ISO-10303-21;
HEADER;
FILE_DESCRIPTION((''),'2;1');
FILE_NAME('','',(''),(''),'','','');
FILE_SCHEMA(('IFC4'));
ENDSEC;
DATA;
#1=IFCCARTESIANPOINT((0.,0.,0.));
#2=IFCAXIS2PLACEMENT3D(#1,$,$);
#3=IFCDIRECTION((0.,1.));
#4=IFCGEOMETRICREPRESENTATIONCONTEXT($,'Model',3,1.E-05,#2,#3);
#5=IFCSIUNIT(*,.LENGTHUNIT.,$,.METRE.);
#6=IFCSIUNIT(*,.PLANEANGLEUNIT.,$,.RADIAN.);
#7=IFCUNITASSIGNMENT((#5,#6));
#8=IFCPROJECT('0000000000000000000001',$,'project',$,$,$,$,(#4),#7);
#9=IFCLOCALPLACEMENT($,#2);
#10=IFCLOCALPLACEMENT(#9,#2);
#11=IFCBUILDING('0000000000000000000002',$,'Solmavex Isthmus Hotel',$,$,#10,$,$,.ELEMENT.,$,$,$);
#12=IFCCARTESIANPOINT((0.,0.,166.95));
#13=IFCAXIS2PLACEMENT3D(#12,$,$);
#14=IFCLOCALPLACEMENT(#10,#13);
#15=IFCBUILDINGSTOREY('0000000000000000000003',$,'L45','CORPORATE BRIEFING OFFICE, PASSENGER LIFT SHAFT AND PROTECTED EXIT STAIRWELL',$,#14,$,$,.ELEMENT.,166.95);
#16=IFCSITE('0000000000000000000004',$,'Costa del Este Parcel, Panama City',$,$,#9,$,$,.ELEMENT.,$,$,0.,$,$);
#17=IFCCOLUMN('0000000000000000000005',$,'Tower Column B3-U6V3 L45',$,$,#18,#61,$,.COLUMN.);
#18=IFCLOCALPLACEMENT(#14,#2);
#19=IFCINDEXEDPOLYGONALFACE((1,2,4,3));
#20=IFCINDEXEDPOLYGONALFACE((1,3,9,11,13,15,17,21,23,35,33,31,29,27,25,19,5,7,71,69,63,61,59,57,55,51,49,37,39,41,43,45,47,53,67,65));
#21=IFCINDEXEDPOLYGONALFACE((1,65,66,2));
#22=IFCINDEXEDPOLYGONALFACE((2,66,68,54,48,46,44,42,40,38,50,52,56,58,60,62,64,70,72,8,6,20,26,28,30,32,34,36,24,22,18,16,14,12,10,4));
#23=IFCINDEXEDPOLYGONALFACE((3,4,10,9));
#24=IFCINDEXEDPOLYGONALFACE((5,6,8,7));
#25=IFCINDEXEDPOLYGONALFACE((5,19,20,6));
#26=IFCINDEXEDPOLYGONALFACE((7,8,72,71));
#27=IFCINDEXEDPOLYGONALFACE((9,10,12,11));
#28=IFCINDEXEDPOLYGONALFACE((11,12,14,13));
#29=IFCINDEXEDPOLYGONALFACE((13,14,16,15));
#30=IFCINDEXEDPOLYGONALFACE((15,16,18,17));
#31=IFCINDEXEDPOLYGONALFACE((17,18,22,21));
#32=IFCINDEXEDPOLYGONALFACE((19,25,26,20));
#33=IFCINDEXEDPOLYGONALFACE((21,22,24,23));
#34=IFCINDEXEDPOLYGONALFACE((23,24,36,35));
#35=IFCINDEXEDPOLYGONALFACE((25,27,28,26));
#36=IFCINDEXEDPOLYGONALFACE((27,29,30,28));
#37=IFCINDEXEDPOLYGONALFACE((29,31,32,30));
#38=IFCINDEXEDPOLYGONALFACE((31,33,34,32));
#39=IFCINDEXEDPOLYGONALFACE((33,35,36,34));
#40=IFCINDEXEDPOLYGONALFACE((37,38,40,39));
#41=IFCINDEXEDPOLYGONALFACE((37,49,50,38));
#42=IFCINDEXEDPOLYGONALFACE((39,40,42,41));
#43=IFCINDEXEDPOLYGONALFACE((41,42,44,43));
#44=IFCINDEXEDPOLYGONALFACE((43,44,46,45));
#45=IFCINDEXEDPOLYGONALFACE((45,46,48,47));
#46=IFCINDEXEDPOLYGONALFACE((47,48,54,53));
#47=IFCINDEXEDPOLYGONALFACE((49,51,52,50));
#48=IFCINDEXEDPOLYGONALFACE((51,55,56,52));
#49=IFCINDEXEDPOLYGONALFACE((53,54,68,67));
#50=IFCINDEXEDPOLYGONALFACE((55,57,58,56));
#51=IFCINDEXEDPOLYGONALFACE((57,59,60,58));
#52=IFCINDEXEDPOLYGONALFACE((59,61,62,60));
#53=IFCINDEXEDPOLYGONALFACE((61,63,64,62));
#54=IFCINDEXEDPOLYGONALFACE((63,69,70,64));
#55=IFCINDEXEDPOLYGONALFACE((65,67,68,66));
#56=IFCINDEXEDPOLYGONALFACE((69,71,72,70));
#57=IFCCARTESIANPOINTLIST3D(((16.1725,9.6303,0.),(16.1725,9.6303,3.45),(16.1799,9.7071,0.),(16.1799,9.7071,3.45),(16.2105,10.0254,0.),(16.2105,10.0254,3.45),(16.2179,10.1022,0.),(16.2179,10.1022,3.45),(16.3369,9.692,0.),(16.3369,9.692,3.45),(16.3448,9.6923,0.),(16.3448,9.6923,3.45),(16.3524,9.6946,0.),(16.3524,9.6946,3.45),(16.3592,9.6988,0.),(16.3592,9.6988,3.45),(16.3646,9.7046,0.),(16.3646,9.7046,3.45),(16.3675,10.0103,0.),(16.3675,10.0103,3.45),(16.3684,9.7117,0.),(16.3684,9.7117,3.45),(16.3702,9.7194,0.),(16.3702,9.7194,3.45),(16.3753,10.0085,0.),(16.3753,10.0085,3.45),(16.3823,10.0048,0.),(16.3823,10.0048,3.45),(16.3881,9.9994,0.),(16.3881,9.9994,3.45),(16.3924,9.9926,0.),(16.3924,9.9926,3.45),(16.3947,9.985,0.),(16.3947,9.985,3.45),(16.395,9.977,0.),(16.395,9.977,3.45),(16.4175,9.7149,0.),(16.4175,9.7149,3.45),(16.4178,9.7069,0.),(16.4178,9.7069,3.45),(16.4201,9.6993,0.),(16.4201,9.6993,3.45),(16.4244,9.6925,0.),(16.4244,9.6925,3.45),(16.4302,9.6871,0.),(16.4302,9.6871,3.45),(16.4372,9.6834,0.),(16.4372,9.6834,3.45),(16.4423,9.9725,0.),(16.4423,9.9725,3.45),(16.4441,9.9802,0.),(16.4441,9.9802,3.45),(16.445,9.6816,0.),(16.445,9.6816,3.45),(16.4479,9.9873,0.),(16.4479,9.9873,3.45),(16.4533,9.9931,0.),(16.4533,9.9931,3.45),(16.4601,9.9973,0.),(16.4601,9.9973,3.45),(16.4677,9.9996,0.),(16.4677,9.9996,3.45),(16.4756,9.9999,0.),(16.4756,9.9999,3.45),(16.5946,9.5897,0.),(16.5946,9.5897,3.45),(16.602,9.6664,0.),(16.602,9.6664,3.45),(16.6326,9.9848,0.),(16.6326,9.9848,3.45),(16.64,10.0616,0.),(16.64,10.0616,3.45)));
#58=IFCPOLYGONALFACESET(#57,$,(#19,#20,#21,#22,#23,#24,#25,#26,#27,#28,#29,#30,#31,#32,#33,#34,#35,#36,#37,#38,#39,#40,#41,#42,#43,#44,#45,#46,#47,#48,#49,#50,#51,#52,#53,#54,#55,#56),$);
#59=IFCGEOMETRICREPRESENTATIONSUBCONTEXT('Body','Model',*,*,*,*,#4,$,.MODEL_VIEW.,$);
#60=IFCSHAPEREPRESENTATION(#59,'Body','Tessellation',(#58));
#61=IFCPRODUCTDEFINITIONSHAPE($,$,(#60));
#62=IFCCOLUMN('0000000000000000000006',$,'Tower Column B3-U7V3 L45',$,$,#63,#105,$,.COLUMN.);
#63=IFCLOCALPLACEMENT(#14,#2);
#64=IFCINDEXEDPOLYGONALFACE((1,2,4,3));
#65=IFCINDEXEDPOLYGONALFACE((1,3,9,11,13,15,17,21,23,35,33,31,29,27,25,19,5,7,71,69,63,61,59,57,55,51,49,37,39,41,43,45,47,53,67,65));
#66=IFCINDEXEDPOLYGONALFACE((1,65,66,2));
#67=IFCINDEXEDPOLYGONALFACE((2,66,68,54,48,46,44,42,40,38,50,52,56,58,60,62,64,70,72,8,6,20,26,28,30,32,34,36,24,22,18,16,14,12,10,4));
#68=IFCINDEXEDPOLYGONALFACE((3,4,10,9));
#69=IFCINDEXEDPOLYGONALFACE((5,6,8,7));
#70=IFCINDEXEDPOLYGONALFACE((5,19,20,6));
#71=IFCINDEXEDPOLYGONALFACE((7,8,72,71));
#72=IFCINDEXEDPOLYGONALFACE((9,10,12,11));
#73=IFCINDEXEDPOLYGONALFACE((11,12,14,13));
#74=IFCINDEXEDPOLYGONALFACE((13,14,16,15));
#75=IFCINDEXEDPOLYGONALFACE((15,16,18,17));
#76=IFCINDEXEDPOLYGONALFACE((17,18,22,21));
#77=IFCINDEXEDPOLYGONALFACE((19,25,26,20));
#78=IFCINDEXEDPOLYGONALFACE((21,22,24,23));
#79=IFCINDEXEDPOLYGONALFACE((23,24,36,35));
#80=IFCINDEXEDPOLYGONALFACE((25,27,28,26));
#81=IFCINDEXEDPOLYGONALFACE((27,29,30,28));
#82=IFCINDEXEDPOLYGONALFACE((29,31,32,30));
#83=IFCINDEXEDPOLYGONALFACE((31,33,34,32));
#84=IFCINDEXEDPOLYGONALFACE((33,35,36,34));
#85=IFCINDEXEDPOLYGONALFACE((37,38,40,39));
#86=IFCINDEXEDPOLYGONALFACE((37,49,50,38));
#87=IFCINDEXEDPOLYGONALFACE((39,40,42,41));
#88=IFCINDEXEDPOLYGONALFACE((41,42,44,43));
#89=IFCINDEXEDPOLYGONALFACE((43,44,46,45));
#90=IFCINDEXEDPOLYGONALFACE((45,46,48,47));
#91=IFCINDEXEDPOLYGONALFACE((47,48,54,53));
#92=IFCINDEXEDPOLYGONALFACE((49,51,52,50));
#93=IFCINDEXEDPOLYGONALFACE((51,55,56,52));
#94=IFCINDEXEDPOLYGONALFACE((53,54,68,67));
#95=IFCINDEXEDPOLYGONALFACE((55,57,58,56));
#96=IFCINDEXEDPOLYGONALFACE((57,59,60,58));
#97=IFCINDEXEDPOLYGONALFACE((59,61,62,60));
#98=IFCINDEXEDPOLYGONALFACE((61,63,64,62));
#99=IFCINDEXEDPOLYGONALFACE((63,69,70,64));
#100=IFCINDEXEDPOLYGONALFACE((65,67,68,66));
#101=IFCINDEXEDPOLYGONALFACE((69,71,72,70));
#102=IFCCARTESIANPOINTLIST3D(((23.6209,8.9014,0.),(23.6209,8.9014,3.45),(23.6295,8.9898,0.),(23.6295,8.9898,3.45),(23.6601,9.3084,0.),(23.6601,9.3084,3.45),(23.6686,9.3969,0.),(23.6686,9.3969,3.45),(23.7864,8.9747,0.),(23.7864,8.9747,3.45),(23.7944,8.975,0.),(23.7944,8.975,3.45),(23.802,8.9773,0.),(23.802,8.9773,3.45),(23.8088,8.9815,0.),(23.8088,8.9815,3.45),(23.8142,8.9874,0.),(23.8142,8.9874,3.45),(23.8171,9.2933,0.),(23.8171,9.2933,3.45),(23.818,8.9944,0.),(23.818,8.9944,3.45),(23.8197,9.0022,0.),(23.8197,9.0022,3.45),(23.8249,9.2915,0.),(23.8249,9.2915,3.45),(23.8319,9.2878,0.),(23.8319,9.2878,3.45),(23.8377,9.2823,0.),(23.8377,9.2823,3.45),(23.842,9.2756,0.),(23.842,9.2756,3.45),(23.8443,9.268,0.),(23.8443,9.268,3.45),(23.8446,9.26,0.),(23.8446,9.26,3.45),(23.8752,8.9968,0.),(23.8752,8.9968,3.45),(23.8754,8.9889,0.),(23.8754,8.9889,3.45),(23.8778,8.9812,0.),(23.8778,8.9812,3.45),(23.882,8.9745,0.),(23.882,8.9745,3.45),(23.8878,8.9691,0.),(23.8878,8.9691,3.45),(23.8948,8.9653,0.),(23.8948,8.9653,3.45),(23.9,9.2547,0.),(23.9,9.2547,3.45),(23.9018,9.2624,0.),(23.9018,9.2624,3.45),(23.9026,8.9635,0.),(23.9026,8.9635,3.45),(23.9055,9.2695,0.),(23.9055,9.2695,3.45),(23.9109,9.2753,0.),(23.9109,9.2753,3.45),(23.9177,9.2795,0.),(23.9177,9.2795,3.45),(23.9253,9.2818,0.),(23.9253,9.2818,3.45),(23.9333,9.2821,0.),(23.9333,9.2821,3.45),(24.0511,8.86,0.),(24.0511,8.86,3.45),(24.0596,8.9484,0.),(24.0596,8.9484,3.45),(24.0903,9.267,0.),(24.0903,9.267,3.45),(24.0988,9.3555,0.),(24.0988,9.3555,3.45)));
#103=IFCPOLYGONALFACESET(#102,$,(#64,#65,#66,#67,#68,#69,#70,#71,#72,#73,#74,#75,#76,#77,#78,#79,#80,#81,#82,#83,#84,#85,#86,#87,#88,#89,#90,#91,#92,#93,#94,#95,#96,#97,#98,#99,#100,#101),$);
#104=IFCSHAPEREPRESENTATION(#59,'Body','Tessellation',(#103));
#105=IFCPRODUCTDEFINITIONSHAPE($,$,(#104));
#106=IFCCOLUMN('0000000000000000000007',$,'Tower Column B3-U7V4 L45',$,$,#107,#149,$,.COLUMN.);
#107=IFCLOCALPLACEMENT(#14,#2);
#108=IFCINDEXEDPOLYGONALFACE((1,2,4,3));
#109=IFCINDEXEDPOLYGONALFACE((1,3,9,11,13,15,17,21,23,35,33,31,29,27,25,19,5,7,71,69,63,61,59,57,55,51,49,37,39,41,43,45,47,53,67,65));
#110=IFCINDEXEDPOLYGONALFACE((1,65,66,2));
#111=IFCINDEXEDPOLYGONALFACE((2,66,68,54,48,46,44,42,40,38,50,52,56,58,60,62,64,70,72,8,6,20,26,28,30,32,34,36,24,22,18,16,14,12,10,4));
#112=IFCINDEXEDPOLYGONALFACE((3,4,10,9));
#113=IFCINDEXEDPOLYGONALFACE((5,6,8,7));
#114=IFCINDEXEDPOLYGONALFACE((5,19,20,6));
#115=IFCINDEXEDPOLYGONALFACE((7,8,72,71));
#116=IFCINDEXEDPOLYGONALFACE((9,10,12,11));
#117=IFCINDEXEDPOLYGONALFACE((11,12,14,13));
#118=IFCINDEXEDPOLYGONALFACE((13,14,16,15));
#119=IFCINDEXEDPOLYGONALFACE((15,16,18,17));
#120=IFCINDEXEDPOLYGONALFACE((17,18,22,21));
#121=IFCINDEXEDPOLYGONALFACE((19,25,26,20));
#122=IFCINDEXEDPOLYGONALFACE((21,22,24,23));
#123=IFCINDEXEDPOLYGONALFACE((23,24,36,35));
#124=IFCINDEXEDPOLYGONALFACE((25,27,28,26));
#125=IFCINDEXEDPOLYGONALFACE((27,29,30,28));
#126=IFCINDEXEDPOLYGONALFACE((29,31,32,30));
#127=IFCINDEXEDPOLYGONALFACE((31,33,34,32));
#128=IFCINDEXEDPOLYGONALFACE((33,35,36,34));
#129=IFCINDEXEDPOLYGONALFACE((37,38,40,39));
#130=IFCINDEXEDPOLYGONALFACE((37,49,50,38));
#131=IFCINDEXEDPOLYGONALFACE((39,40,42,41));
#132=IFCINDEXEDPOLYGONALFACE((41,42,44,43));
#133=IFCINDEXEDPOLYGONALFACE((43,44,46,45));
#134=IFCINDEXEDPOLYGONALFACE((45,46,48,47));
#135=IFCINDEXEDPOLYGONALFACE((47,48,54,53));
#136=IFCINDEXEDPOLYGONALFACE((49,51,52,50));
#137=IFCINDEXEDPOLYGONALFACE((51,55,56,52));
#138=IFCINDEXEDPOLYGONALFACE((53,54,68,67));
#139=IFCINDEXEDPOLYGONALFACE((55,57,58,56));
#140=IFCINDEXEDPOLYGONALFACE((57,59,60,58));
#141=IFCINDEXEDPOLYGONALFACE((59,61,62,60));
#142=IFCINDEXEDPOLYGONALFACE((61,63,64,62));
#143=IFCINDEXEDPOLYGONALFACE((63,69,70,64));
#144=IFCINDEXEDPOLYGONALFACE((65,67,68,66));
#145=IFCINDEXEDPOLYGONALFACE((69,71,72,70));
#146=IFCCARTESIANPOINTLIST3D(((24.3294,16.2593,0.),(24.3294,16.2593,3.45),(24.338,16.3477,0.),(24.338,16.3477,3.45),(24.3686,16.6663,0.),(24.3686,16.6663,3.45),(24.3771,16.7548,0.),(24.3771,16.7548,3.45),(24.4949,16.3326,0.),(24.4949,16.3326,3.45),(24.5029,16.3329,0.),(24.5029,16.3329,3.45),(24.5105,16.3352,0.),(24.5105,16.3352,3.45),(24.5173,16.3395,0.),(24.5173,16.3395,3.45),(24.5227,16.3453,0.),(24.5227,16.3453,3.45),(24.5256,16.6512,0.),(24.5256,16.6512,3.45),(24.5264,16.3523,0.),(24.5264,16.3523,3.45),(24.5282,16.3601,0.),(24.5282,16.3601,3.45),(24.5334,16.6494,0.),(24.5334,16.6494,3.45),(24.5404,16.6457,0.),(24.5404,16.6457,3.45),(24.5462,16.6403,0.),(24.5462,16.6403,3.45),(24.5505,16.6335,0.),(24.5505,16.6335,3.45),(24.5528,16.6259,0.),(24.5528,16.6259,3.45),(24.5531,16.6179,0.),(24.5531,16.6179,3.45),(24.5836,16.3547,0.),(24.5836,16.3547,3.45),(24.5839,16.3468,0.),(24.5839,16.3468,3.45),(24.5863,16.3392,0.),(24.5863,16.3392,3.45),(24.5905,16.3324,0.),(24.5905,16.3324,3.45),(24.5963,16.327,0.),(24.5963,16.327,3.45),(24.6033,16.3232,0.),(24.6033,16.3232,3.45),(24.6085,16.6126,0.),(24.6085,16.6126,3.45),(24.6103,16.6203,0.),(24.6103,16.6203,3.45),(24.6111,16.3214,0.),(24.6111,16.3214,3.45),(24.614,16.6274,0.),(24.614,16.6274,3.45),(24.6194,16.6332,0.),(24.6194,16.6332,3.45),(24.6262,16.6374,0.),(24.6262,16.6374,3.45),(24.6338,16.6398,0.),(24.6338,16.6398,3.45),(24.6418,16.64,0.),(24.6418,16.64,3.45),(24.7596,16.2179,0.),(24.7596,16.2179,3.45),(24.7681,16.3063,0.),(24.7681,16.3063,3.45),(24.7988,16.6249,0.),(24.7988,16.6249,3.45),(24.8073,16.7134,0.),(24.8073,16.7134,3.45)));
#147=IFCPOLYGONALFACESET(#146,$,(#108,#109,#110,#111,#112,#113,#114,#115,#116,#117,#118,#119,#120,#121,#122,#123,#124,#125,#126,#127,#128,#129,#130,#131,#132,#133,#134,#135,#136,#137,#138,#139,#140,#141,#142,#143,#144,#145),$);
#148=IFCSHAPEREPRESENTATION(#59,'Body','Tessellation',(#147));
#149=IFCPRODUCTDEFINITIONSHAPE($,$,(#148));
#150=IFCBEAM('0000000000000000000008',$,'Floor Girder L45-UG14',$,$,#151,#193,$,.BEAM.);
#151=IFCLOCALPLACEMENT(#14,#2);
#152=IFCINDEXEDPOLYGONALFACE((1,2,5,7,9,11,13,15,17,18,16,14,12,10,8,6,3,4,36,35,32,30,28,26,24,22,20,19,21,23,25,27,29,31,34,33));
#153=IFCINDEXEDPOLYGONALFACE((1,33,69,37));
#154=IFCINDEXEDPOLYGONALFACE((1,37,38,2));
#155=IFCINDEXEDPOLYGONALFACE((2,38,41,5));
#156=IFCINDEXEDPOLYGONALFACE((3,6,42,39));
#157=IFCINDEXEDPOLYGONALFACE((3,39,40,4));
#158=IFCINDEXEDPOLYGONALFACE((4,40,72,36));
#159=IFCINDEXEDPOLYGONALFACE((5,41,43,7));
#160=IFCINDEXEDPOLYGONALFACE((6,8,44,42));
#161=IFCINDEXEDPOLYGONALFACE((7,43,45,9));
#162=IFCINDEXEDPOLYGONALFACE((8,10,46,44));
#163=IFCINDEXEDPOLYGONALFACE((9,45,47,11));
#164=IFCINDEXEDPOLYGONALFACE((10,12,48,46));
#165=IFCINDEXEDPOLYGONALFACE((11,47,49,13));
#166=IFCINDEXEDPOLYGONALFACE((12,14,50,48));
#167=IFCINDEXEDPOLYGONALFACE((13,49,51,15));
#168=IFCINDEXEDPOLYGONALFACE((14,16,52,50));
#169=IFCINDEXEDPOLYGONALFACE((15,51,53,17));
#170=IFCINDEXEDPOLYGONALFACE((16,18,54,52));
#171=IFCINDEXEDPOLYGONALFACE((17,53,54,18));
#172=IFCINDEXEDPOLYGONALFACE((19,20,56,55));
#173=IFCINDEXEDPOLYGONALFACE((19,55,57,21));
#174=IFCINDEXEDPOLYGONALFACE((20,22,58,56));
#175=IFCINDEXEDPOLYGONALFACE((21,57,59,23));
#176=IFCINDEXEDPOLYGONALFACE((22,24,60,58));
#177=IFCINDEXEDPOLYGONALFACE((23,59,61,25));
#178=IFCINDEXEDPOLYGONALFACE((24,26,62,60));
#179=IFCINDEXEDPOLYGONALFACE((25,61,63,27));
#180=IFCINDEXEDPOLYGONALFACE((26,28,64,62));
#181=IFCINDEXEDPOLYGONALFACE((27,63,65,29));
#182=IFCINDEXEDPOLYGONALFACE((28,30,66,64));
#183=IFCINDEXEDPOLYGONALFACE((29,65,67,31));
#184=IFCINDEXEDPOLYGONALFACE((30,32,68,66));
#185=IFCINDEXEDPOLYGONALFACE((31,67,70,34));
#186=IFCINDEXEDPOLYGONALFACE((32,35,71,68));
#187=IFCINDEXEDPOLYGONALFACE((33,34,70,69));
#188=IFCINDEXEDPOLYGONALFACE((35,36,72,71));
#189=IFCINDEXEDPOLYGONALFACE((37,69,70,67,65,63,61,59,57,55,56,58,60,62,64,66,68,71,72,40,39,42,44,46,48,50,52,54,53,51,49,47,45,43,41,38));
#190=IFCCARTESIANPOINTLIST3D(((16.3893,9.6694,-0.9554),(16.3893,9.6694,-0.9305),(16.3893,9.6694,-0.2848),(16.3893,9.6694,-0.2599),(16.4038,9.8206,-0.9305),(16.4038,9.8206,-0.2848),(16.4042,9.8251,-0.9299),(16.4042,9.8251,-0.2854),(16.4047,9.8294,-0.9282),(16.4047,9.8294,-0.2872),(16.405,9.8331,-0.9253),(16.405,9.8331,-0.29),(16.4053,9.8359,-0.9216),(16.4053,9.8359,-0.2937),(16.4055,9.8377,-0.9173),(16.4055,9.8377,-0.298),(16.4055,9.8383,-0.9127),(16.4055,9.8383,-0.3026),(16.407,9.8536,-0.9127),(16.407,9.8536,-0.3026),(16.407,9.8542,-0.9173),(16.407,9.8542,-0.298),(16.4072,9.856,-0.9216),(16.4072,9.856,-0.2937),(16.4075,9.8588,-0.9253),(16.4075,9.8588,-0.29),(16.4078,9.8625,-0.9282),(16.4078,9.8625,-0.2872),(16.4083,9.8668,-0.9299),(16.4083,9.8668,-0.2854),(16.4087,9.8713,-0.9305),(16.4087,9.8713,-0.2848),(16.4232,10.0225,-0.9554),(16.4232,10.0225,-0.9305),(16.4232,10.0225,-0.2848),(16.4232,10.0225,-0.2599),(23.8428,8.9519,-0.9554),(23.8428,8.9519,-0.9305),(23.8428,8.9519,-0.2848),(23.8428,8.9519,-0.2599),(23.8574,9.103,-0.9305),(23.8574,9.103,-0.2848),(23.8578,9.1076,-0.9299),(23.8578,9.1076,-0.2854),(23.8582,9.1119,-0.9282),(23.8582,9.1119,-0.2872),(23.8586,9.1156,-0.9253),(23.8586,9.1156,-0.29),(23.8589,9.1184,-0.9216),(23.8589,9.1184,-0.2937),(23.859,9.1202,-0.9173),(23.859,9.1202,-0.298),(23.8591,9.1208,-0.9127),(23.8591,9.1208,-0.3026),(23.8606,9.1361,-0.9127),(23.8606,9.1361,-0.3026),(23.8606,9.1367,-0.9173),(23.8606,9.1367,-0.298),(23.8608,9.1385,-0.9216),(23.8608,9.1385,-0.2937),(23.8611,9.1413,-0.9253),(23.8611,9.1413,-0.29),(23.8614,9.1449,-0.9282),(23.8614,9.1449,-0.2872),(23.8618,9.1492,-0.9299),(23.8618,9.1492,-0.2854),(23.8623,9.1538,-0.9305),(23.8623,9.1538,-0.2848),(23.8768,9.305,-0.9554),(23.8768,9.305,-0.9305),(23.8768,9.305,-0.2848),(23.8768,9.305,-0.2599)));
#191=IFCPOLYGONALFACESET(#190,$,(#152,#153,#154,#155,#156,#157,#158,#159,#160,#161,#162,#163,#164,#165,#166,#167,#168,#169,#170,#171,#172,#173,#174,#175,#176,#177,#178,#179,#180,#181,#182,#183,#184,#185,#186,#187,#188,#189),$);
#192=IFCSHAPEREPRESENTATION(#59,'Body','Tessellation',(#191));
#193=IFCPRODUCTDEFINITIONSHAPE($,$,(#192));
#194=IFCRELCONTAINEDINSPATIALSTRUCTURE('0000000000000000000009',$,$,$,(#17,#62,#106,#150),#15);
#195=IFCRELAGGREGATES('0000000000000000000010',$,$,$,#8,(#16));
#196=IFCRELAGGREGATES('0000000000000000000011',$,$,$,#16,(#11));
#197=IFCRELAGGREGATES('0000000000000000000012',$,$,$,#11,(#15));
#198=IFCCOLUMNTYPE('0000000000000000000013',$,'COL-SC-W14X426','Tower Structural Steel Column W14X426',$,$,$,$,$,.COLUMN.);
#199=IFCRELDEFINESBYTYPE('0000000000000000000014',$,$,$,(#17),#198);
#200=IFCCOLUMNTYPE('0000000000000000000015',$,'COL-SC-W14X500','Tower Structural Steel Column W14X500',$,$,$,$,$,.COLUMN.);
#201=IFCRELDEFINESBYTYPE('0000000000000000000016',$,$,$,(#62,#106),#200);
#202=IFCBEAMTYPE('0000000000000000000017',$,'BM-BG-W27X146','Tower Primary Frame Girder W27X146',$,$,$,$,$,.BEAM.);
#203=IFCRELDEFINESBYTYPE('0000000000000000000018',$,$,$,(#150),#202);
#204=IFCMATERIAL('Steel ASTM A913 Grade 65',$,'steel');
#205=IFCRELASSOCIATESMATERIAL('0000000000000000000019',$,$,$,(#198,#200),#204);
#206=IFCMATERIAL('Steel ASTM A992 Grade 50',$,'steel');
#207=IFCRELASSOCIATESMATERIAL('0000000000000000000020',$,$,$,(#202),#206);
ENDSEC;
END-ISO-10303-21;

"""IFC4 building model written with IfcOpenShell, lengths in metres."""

from ifc_helpers import new_model, si_unit, direction, frame, origin, origin_2d, place, context, subcontext, project, spatial, i_section, extrude, material, material_profile, profile_set, type_object, element, save


model = new_model("IFC4")

# Units and contexts
model_context = context("Model", 3, precision=1e-05, world=origin(), true_north=direction((0.0, 1.0)))
body_context = subcontext(model_context, "Body", "Model", "MODEL_VIEW")
ifc_project = project(units=[si_unit("LENGTHUNIT", "METRE"), si_unit("PLANEANGLEUNIT", "RADIAN")], contexts=[model_context])

# Site, building, storey
site_placement = place(None, origin())
site = spatial("IfcSite", under=ifc_project, at=site_placement, Name="Costa del Este Parcel, Panama City", CompositionType="ELEMENT", RefElevation=0.0)
building_placement = place(site_placement, origin())
building = spatial("IfcBuilding", under=site, at=building_placement, Name="Solmavex Isthmus Hotel", CompositionType="ELEMENT")
storey_placement = place(building_placement, frame((0.0, 0.0, 166.95)))
storey = spatial("IfcBuildingStorey", under=building, at=storey_placement, Name="L45", Description="CORPORATE BRIEFING OFFICE, PASSENGER LIFT SHAFT AND PROTECTED EXIT STAIRWELL", CompositionType="ELEMENT", Elevation=166.95)

# Columns
ifc_material_1 = material(Name="Steel ASTM A913 Grade 65", Category="steel")
ifc_material_profile_1 = material_profile(ifc_material_1, i_section(OverallWidth=0.4241, OverallDepth=0.4741, WebThickness=0.0476, FlangeThickness=0.0771, FilletRadius=0.0305, at=origin_2d()), Name="W14X426")
ifc_profile_set_1 = profile_set([ifc_material_profile_1], Name="Steel ASTM A913 Grade 65")
column_type_1 = type_object("IfcColumnType", Name="COL-SC-W14X426", Description="Tower Structural Steel Column W14X426", PredefinedType="COLUMN", material=ifc_profile_set_1)
column_placement = place(storey_placement, frame((16.4062, 9.8459, 0.0), z_axis=(0.0, 0.0, 1.0), x_axis=(0.995396, -0.095846, 0.0)))
element("IfcColumn", 1, at=column_placement, inside=storey, type_object=column_type_1, Name="Tower Column B3-U6V3 L45", PredefinedType="COLUMN", context=body_context, shape_type="SweptSolid", body=[
    extrude(i_section(OverallWidth=0.4241, OverallDepth=0.4741, WebThickness=0.0476, FlangeThickness=0.0771, FilletRadius=0.0305, at=origin_2d()), origin(), (0.0, 0.0, 1.0), 3.45),
])
ifc_material_profile_2 = material_profile(ifc_material_1, i_section(OverallWidth=0.4321, OverallDepth=0.4978, WebThickness=0.0557, FlangeThickness=0.0889, FilletRadius=0.0305, at=origin_2d()), Name="W14X500")
ifc_profile_set_2 = profile_set([ifc_material_profile_2], Name="Steel ASTM A913 Grade 65")
column_type_2 = type_object("IfcColumnType", Name="COL-SC-W14X500", Description="Tower Structural Steel Column W14X500", PredefinedType="COLUMN", material=ifc_profile_set_2)
for number, where, z_axis, x_axis, name in (
    (2, (23.8599, 9.1284, 0.0), (0.0, 0.0, 1.0), (0.995396, -0.095846, 0.0), "Tower Column B3-U7V3 L45"),
    (3, (24.5684, 16.4863, 0.0), (0.0, 0.0, 1.0), (0.995396, -0.095846, 0.0), "Tower Column B3-U7V4 L45"),
):
    element("IfcColumn", number, at=place(storey_placement, frame(where, z_axis=z_axis, x_axis=x_axis)), inside=storey, type_object=column_type_2, Name=name, PredefinedType="COLUMN", context=body_context, shape_type="SweptSolid", body=[
        extrude(i_section(OverallWidth=0.4321, OverallDepth=0.4978, WebThickness=0.0557, FlangeThickness=0.0889, FilletRadius=0.0305, at=origin_2d()), origin(), (0.0, 0.0, 1.0), 3.45),
    ])

# Beam
ifc_material_2 = material(Name="Steel ASTM A992 Grade 50", Category="steel")
ifc_material_profile_3 = material_profile(ifc_material_2, i_section(OverallWidth=0.3547, OverallDepth=0.6956, WebThickness=0.0154, FlangeThickness=0.0249, FilletRadius=0.0178, at=origin_2d()), Name="W27X146")
ifc_profile_set_3 = profile_set([ifc_material_profile_3], Name="Steel ASTM A992 Grade 50")
beam_type_1 = type_object("IfcBeamType", Name="BM-BG-W27X146", Description="Tower Primary Frame Girder W27X146", PredefinedType="BEAM", material=ifc_profile_set_3)
beam_1_placement = place(storey_placement, frame((16.4062, 9.8459, -0.6077), z_axis=(0.995398, -0.095823, 0.0), x_axis=(0.095823, 0.995398, 0.0)))
element("IfcBeam", 4, at=beam_1_placement, inside=storey, type_object=beam_type_1, Name="Floor Girder L45-UG14", PredefinedType="BEAM", context=body_context, shape_type="SweptSolid", body=[
    extrude(i_section(OverallWidth=0.3547, OverallDepth=0.6956, WebThickness=0.0154, FlangeThickness=0.0249, FilletRadius=0.0178, at=origin_2d()), origin(), (0.0, 0.0, 1.0), 7.488),
])

save(model, "model.ifc")
